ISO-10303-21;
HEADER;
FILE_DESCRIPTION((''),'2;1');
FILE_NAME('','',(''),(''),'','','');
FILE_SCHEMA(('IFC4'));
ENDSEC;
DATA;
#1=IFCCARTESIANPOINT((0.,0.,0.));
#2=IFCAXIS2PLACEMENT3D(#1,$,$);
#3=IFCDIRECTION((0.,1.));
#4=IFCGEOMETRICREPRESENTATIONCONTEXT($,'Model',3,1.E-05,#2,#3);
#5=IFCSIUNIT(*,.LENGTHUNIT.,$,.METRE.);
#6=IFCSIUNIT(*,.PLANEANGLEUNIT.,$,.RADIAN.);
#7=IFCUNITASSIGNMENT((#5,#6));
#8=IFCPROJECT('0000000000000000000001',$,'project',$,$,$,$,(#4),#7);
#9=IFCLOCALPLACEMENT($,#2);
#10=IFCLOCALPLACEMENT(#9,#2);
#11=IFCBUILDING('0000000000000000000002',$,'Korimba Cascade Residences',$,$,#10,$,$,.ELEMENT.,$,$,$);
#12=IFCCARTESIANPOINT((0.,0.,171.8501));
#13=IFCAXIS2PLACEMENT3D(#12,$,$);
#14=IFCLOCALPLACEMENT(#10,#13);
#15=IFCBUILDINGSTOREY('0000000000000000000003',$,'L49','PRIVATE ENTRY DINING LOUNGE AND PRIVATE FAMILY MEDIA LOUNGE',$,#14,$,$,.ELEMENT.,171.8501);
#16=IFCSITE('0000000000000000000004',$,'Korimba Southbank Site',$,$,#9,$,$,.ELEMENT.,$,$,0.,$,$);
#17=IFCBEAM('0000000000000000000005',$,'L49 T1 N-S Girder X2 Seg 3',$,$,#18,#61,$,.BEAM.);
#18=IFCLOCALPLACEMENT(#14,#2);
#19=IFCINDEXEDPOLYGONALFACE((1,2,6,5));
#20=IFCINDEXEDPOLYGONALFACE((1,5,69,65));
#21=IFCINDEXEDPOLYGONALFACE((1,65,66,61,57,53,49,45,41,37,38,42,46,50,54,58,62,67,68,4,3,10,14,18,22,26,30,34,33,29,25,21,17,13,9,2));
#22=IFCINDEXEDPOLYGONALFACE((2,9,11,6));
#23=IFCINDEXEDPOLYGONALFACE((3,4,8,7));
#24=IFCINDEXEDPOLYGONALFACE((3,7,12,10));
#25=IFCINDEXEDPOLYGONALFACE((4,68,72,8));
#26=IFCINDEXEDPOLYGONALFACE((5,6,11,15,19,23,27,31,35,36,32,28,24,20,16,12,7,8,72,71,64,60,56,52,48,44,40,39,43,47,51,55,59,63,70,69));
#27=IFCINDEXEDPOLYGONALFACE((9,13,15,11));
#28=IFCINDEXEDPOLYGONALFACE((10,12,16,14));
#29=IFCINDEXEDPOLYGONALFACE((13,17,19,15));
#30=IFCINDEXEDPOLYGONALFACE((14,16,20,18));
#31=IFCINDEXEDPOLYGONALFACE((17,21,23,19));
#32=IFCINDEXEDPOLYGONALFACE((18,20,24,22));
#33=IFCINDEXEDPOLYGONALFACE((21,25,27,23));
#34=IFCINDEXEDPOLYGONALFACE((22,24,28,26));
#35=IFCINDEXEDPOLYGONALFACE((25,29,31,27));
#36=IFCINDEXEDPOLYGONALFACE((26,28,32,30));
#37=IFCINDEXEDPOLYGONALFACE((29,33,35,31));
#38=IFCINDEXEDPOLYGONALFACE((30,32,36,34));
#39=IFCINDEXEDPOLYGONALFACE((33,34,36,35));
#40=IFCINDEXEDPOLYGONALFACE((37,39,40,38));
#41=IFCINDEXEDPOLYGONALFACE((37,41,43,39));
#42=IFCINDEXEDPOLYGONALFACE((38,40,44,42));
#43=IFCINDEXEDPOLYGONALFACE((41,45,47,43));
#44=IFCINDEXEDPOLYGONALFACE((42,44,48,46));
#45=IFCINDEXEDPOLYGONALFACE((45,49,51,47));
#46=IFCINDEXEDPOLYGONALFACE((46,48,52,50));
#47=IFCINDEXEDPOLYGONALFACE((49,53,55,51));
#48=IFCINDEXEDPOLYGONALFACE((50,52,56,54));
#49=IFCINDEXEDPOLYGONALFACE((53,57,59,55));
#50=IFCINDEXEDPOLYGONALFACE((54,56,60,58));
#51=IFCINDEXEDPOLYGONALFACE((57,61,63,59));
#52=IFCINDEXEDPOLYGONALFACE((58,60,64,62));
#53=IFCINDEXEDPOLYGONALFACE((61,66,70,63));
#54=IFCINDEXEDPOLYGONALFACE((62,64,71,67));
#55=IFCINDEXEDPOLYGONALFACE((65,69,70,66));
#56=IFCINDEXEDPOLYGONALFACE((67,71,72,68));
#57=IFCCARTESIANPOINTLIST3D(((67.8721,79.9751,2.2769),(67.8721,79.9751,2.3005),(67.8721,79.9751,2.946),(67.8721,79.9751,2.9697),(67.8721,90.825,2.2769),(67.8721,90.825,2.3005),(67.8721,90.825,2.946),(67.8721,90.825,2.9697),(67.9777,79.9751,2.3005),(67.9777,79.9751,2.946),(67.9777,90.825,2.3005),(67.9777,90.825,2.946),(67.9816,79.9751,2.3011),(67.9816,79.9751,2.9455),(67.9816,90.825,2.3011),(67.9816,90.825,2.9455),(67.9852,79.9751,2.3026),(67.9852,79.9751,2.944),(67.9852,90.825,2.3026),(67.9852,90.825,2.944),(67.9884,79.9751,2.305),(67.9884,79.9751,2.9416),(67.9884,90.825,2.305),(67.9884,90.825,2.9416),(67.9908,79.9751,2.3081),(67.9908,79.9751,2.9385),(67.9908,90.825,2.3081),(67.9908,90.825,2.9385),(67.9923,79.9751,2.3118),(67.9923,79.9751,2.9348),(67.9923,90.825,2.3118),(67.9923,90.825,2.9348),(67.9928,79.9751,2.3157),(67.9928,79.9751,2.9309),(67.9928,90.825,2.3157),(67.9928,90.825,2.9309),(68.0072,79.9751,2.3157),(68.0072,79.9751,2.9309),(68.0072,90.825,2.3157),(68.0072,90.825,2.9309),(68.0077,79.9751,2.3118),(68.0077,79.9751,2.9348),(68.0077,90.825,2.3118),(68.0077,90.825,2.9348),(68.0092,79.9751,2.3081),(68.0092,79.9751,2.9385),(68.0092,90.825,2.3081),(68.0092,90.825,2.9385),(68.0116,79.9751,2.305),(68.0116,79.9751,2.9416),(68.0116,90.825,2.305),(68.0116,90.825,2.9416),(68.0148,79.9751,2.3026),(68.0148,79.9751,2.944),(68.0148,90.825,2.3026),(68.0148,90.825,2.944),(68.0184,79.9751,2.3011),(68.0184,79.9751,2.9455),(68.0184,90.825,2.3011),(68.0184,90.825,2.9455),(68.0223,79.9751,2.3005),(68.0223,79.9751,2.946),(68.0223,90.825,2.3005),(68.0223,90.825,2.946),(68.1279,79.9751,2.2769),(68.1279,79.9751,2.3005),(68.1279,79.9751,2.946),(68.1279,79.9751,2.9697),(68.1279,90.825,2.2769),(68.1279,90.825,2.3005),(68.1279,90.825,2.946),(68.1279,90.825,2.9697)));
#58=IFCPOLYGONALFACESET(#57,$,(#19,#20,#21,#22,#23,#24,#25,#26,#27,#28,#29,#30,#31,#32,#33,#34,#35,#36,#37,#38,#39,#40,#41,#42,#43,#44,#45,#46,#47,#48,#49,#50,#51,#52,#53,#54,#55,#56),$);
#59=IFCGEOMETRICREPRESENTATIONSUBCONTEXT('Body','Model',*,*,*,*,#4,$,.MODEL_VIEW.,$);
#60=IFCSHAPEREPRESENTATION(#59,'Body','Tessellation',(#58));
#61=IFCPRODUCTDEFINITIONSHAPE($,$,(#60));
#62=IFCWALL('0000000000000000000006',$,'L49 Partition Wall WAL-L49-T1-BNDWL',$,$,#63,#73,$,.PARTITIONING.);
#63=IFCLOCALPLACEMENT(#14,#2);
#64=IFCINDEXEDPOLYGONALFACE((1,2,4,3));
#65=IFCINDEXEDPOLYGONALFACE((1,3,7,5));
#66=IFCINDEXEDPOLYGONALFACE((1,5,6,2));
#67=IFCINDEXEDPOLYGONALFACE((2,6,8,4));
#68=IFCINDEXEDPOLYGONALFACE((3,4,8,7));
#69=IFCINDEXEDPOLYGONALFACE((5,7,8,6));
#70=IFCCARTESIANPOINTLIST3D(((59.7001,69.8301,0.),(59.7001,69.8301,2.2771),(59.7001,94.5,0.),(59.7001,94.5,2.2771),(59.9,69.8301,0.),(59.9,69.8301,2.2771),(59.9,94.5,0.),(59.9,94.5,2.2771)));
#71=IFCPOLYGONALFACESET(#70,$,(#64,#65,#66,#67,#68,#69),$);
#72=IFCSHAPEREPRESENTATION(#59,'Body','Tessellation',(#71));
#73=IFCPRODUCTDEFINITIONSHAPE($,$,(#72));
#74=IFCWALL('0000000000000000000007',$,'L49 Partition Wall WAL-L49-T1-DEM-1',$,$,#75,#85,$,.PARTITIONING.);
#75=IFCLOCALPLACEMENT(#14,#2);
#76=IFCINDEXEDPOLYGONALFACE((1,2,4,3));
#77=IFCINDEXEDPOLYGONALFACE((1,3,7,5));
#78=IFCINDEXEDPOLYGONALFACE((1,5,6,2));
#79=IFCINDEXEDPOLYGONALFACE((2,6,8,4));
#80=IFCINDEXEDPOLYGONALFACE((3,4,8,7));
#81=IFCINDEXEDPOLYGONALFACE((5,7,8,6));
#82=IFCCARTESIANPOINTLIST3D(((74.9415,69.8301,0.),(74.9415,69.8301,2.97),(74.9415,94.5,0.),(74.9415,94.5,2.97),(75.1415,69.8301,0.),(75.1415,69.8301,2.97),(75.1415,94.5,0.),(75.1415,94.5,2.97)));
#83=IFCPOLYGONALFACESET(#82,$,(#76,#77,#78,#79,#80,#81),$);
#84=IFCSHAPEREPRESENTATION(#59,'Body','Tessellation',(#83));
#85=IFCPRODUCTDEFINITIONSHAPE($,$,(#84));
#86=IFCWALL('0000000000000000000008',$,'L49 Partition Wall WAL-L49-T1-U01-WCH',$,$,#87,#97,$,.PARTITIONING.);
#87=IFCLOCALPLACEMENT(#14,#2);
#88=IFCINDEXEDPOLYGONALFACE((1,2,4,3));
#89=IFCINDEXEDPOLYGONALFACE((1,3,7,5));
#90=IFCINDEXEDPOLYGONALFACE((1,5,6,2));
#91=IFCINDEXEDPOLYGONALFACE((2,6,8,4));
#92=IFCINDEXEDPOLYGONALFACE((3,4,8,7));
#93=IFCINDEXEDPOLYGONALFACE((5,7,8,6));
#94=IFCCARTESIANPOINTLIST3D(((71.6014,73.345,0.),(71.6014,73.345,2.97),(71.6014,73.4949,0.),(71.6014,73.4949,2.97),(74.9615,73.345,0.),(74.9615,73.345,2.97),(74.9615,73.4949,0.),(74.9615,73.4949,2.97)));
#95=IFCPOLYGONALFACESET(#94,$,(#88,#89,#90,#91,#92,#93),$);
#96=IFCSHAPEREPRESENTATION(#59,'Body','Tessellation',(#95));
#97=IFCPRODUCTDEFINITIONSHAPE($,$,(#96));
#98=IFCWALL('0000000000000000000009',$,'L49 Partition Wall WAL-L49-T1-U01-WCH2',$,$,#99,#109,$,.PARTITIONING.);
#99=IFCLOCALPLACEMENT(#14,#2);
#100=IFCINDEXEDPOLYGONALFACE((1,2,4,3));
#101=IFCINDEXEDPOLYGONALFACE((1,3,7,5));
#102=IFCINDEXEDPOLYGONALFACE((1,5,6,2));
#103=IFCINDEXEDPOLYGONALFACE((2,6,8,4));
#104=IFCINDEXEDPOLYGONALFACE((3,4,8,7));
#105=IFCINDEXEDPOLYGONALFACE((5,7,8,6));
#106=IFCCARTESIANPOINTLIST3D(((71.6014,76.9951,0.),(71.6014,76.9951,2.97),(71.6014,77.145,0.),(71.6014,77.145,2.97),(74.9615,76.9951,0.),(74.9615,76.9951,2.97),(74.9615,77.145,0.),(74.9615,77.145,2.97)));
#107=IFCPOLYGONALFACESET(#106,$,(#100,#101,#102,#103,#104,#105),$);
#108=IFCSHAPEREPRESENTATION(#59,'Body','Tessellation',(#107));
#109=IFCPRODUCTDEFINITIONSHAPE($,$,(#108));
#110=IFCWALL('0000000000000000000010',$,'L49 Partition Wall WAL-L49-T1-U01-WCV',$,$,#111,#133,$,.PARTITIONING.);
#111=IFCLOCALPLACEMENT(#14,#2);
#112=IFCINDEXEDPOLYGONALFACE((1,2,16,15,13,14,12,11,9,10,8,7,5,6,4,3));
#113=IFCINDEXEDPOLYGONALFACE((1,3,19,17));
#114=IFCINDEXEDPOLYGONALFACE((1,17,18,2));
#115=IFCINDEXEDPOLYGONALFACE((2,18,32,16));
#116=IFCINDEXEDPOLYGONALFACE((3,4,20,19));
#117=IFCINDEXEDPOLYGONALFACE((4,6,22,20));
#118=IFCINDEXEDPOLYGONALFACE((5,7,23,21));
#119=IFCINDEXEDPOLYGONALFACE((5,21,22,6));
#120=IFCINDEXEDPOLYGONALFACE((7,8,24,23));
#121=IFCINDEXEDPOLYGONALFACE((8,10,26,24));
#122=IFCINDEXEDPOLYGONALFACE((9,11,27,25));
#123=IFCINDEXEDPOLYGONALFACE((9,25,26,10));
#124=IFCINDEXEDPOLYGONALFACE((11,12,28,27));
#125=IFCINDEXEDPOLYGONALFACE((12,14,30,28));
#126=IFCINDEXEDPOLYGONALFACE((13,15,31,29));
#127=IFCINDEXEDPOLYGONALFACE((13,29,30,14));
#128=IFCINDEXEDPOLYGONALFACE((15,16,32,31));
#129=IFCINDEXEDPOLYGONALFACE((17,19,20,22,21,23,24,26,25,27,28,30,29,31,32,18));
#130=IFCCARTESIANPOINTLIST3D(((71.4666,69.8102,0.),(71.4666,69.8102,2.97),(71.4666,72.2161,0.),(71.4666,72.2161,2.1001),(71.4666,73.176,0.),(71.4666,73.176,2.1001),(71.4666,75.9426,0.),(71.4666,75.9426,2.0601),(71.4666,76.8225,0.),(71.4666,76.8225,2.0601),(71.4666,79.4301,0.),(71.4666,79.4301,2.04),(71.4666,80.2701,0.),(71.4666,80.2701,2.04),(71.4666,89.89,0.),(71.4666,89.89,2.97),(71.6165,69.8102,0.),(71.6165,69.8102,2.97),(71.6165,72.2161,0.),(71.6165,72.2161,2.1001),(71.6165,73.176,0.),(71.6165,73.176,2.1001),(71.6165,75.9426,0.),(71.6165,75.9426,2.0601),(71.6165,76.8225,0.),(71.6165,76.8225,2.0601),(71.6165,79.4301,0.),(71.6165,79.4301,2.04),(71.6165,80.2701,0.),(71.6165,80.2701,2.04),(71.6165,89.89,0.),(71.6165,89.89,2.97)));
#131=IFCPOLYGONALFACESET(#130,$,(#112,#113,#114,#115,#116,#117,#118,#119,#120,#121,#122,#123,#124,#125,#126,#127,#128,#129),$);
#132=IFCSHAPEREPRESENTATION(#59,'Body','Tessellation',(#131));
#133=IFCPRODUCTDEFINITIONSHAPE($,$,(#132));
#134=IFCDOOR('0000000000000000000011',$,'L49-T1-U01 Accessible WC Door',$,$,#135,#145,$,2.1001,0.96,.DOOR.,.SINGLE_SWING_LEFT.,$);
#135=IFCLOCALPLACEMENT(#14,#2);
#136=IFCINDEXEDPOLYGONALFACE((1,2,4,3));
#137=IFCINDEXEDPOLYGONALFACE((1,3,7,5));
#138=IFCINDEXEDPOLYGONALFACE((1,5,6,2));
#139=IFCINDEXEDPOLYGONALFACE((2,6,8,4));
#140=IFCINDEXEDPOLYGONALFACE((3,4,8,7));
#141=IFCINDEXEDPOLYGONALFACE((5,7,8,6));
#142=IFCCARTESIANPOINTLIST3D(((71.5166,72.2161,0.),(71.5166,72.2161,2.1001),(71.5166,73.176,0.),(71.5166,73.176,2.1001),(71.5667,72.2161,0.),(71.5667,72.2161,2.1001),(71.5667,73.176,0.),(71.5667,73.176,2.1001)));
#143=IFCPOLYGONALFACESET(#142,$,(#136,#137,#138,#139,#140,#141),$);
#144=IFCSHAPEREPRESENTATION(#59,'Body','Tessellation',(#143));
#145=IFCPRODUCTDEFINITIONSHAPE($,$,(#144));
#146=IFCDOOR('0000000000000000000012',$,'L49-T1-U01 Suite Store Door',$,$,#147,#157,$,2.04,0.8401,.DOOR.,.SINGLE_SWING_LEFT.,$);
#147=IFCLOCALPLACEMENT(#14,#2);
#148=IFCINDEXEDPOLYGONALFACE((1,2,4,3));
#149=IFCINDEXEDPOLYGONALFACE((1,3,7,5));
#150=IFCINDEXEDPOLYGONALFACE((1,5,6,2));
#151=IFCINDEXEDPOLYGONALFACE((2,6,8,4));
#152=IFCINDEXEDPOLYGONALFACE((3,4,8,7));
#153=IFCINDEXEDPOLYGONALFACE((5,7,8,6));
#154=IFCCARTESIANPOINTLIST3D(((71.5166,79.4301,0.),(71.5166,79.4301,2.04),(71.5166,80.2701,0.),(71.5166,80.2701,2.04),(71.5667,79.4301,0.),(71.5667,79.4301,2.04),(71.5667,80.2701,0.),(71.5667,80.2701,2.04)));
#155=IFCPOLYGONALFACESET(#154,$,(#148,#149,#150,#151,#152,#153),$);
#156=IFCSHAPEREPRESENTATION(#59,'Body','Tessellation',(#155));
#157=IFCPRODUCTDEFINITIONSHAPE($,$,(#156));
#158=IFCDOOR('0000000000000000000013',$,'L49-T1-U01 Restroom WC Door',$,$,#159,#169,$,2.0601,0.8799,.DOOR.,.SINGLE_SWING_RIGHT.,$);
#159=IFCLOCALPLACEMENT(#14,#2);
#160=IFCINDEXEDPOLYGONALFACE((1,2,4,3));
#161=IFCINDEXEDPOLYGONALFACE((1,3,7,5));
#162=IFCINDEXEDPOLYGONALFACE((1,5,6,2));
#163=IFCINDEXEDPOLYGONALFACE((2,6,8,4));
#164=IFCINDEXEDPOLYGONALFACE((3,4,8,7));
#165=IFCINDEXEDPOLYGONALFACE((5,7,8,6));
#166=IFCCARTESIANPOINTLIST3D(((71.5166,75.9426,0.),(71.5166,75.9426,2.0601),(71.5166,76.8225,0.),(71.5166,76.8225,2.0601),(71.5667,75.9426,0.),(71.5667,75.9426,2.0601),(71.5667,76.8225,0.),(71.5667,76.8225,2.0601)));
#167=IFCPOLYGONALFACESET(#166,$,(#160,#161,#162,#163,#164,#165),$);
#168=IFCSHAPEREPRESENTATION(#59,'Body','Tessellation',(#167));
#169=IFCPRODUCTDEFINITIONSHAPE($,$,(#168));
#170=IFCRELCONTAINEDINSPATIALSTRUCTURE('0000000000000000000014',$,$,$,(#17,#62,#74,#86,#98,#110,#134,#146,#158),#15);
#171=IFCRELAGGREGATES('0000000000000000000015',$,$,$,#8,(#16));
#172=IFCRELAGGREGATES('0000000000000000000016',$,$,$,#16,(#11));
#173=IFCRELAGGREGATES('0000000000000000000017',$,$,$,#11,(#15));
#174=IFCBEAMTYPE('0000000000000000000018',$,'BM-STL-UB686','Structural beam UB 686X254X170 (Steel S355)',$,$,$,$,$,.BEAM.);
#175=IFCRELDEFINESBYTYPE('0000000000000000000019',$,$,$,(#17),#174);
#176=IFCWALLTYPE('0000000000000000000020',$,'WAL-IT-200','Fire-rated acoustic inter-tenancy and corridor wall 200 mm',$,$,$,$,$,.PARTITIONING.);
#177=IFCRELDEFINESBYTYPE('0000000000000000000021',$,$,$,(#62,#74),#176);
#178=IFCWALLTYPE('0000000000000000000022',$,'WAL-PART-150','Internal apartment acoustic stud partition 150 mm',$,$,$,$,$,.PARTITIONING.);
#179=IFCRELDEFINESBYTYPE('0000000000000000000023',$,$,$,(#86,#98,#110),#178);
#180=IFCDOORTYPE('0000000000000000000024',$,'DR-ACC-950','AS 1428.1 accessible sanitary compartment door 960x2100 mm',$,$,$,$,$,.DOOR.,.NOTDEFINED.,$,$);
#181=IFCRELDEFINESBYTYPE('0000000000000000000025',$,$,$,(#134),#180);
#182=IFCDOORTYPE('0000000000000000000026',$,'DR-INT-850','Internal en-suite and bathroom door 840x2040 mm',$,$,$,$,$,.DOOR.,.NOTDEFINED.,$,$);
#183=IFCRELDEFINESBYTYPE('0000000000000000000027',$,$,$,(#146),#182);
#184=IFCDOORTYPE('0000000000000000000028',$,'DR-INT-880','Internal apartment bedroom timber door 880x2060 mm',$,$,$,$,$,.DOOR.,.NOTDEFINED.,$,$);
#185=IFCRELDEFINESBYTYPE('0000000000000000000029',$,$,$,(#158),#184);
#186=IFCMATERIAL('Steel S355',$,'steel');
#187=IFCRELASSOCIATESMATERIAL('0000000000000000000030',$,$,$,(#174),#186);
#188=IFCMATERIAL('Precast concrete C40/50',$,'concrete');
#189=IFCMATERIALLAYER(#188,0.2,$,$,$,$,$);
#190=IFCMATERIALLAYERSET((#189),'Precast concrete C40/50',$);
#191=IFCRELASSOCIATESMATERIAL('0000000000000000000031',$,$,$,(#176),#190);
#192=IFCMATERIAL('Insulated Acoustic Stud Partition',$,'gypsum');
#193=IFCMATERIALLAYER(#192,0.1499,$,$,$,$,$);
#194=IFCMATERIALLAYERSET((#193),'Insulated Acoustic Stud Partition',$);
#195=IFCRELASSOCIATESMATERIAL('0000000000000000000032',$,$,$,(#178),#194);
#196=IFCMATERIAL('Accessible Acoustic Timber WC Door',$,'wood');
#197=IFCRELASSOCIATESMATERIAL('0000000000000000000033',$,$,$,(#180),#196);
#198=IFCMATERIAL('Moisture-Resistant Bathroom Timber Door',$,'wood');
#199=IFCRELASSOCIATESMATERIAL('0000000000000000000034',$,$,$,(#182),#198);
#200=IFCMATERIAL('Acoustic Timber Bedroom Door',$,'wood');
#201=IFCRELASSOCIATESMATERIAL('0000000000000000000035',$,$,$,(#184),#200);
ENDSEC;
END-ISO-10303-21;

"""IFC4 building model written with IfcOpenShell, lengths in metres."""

from ifc_helpers import new_model, si_unit, direction, frame, frame_2d, origin, origin_2d, place, context, subcontext, project, spatial, rectangle, i_section, extrude, material, layer, layer_set, material_profile, profile_set, type_object, element, fill, save


model = new_model("IFC4")

# Units and contexts
model_context = context("Model", 3, precision=1e-05, world=origin(), true_north=direction((0.0, 1.0)))
body_context = subcontext(model_context, "Body", "Model", "MODEL_VIEW")
ifc_project = project(units=[si_unit("LENGTHUNIT", "METRE"), si_unit("PLANEANGLEUNIT", "RADIAN")], contexts=[model_context])

# Site, building, storey
site_placement = place(None, origin())
site = spatial("IfcSite", under=ifc_project, at=site_placement, Name="Korimba Southbank Site", CompositionType="ELEMENT", RefElevation=0.0)
building_placement = place(site_placement, origin())
building = spatial("IfcBuilding", under=site, at=building_placement, Name="Korimba Cascade Residences", CompositionType="ELEMENT")
storey_placement = place(building_placement, frame((0.0, 0.0, 171.8501)))
storey = spatial("IfcBuildingStorey", under=building, at=storey_placement, Name="L49", Description="PRIVATE ENTRY DINING LOUNGE AND PRIVATE FAMILY MEDIA LOUNGE", CompositionType="ELEMENT", Elevation=171.8501)

# Beam
ifc_material_1 = material(Name="Steel S355", Category="steel")
ifc_material_profile_1 = material_profile(ifc_material_1, i_section(OverallWidth=0.2559, OverallDepth=0.6929, WebThickness=0.0144, FlangeThickness=0.0237, FilletRadius=0.0151, at=origin_2d()), Name="Steel S355")
ifc_profile_set_1 = profile_set([ifc_material_profile_1], Name="Steel S355")
beam_type_1 = type_object("IfcBeamType", Name="BM-STL-UB686", Description="Structural beam UB 686X254X170 (Steel S355)", PredefinedType="BEAM", material=ifc_profile_set_1)
beam_1_placement = place(storey_placement, frame((68.0, 79.9751, 2.6233), z_axis=(0.0, 1.0, 0.0), x_axis=(-1.0, 0.0, 0.0)))
element("IfcBeam", 1, at=beam_1_placement, inside=storey, type_object=beam_type_1, Name="L49 T1 N-S Girder X2 Seg 3", PredefinedType="BEAM", context=body_context, shape_type="SweptSolid", body=[
    extrude(i_section(OverallWidth=0.2559, OverallDepth=0.6929, WebThickness=0.0144, FlangeThickness=0.0237, FilletRadius=0.0151, at=origin_2d()), origin(), (0.0, 0.0, 1.0), 10.8499),
])

# Walls
ifc_material_2 = material(Name="Precast concrete C40/50", Category="concrete")
ifc_layer_1 = layer(ifc_material_2, 0.2)
ifc_layer_set_1 = layer_set([ifc_layer_1], Name="Precast concrete C40/50")
wall_type_1 = type_object("IfcWallType", Name="WAL-IT-200", Description="Fire-rated acoustic inter-tenancy and corridor wall 200 mm", PredefinedType="PARTITIONING", material=ifc_layer_set_1)
wall_1_placement = place(storey_placement, frame((59.8, 69.8301, 0.0), z_axis=(0.0, 0.0, 1.0), x_axis=(0.0, 1.0, 0.0)))
element("IfcWall", 2, at=wall_1_placement, inside=storey, type_object=wall_type_1, Name="L49 Partition Wall WAL-L49-T1-BNDWL", PredefinedType="PARTITIONING", context=body_context, shape_type="SweptSolid", body=[
    extrude(rectangle(XDim=24.6699, YDim=0.2, at=frame_2d((12.335, 0.0))), origin(), (0.0, 0.0, 1.0), 2.2771),
])
wall_2_placement = place(storey_placement, frame((75.0415, 69.8301, 0.0), z_axis=(0.0, 0.0, 1.0), x_axis=(0.0, 1.0, 0.0)))
element("IfcWall", 3, at=wall_2_placement, inside=storey, type_object=wall_type_1, Name="L49 Partition Wall WAL-L49-T1-DEM-1", PredefinedType="PARTITIONING", context=body_context, shape_type="SweptSolid", body=[
    extrude(rectangle(XDim=24.6699, YDim=0.2, at=frame_2d((12.335, 0.0))), origin(), (0.0, 0.0, 1.0), 2.97),
])
ifc_material_3 = material(Name="Insulated Acoustic Stud Partition", Category="gypsum")
ifc_layer_2 = layer(ifc_material_3, 0.1499)
ifc_layer_set_2 = layer_set([ifc_layer_2], Name="Insulated Acoustic Stud Partition")
wall_type_2 = type_object("IfcWallType", Name="WAL-PART-150", Description="Internal apartment acoustic stud partition 150 mm", PredefinedType="PARTITIONING", material=ifc_layer_set_2)
for number, where, z_axis, x_axis, name in (
    (4, (71.6013, 73.4199, 0.0), (0.0, 0.0, 1.0), (1.0, 0.0, 0.0), "L49 Partition Wall WAL-L49-T1-U01-WCH"),
    (5, (71.6013, 77.0701, 0.0), (0.0, 0.0, 1.0), (1.0, 0.0, 0.0), "L49 Partition Wall WAL-L49-T1-U01-WCH2"),
):
    element("IfcWall", number, at=place(storey_placement, frame(where, z_axis=z_axis, x_axis=x_axis)), inside=storey, type_object=wall_type_2, Name=name, PredefinedType="PARTITIONING", context=body_context, shape_type="SweptSolid", body=[
        extrude(rectangle(XDim=3.3601, YDim=0.1499, at=frame_2d((1.6802, 0.0))), origin(), (0.0, 0.0, 1.0), 2.97),
    ])

# Wall, openings, doors
wall_3_placement = place(storey_placement, frame((71.5415, 69.8101, 0.0), z_axis=(0.0, 0.0, 1.0), x_axis=(0.0, 1.0, 0.0)))
wall_3 = element("IfcWall", 6, at=wall_3_placement, inside=storey, type_object=wall_type_2, Name="L49 Partition Wall WAL-L49-T1-U01-WCV", PredefinedType="PARTITIONING", context=body_context, shape_type="SweptSolid", body=[
    extrude(rectangle(XDim=20.0798, YDim=0.1499, at=frame_2d((10.04, 0.0))), origin(), (0.0, 0.0, 1.0), 2.97),
])
opening_1_placement = place(wall_3_placement, frame((2.406, 0.0, 0.0)))
opening_1 = element("IfcOpeningElement", 7, at=opening_1_placement, cuts=wall_3, PredefinedType="OPENING", context=body_context, shape_type="SweptSolid", body=[
    extrude(rectangle(XDim=0.96, YDim=2.1001, at=frame_2d((0.48, 1.05))), frame((0.0, 0.085, 0.0), z_axis=(0.0, -1.0, 0.0), x_axis=(1.0, 0.0, 0.0)), (0.0, 0.0, 1.0), 0.1699),
])
opening_2_placement = place(wall_3_placement, frame((6.1326, 0.0, 0.0)))
opening_2 = element("IfcOpeningElement", 8, at=opening_2_placement, cuts=wall_3, PredefinedType="OPENING", context=body_context, shape_type="SweptSolid", body=[
    extrude(rectangle(XDim=0.8799, YDim=2.0601, at=frame_2d((0.4399, 1.03))), frame((0.0, 0.085, 0.0), z_axis=(0.0, -1.0, 0.0), x_axis=(1.0, 0.0, 0.0)), (0.0, 0.0, 1.0), 0.1699),
])
opening_3_placement = place(wall_3_placement, frame((9.6201, 0.0, 0.0)))
opening_3 = element("IfcOpeningElement", 9, at=opening_3_placement, cuts=wall_3, PredefinedType="OPENING", context=body_context, shape_type="SweptSolid", body=[
    extrude(rectangle(XDim=0.8401, YDim=2.04, at=frame_2d((0.4199, 1.02))), frame((0.0, 0.085, 0.0), z_axis=(0.0, -1.0, 0.0), x_axis=(1.0, 0.0, 0.0)), (0.0, 0.0, 1.0), 0.1699),
])
ifc_material_4 = material(Name="Accessible Acoustic Timber WC Door", Category="wood")
door_type_1 = type_object("IfcDoorType", Name="DR-ACC-950", Description="AS 1428.1 accessible sanitary compartment door 960x2100 mm", OperationType="NOTDEFINED", PredefinedType="DOOR", material=ifc_material_4)
door_1_placement = place(opening_1_placement, origin())
door_1 = element("IfcDoor", 10, at=door_1_placement, inside=storey, type_object=door_type_1, Name="L49-T1-U01 Accessible WC Door", OperationType="SINGLE_SWING_LEFT", OverallHeight=2.1001, OverallWidth=0.96, PredefinedType="DOOR", context=body_context, shape_type="SweptSolid", body=[
    extrude(rectangle(XDim=0.96, YDim=2.1001, at=frame_2d((0.48, 1.05))), frame((0.0, 0.0249, 0.0), z_axis=(0.0, -1.0, 0.0), x_axis=(1.0, 0.0, 0.0)), (0.0, 0.0, 1.0), 0.05),
])
fill(opening_1, door_1)
ifc_material_5 = material(Name="Moisture-Resistant Bathroom Timber Door", Category="wood")
door_type_2 = type_object("IfcDoorType", Name="DR-INT-850", Description="Internal en-suite and bathroom door 840x2040 mm", OperationType="NOTDEFINED", PredefinedType="DOOR", material=ifc_material_5)
door_2_placement = place(opening_3_placement, origin())
door_2 = element("IfcDoor", 11, at=door_2_placement, inside=storey, type_object=door_type_2, Name="L49-T1-U01 Suite Store Door", OperationType="SINGLE_SWING_LEFT", OverallHeight=2.04, OverallWidth=0.8401, PredefinedType="DOOR", context=body_context, shape_type="SweptSolid", body=[
    extrude(rectangle(XDim=0.8401, YDim=2.04, at=frame_2d((0.4199, 1.02))), frame((0.0, 0.0249, 0.0), z_axis=(0.0, -1.0, 0.0), x_axis=(1.0, 0.0, 0.0)), (0.0, 0.0, 1.0), 0.05),
])
fill(opening_3, door_2)
ifc_material_6 = material(Name="Acoustic Timber Bedroom Door", Category="wood")
door_type_3 = type_object("IfcDoorType", Name="DR-INT-880", Description="Internal apartment bedroom timber door 880x2060 mm", OperationType="NOTDEFINED", PredefinedType="DOOR", material=ifc_material_6)
door_3_placement = place(opening_2_placement, origin())
door_3 = element("IfcDoor", 12, at=door_3_placement, inside=storey, type_object=door_type_3, Name="L49-T1-U01 Restroom WC Door", OperationType="SINGLE_SWING_RIGHT", OverallHeight=2.0601, OverallWidth=0.8799, PredefinedType="DOOR", context=body_context, shape_type="SweptSolid", body=[
    extrude(rectangle(XDim=0.8799, YDim=2.0601, at=frame_2d((0.4399, 1.03))), frame((0.0, 0.0249, 0.0), z_axis=(0.0, -1.0, 0.0), x_axis=(1.0, 0.0, 0.0)), (0.0, 0.0, 1.0), 0.05),
])
fill(opening_2, door_3)

save(model, "model.ifc")
